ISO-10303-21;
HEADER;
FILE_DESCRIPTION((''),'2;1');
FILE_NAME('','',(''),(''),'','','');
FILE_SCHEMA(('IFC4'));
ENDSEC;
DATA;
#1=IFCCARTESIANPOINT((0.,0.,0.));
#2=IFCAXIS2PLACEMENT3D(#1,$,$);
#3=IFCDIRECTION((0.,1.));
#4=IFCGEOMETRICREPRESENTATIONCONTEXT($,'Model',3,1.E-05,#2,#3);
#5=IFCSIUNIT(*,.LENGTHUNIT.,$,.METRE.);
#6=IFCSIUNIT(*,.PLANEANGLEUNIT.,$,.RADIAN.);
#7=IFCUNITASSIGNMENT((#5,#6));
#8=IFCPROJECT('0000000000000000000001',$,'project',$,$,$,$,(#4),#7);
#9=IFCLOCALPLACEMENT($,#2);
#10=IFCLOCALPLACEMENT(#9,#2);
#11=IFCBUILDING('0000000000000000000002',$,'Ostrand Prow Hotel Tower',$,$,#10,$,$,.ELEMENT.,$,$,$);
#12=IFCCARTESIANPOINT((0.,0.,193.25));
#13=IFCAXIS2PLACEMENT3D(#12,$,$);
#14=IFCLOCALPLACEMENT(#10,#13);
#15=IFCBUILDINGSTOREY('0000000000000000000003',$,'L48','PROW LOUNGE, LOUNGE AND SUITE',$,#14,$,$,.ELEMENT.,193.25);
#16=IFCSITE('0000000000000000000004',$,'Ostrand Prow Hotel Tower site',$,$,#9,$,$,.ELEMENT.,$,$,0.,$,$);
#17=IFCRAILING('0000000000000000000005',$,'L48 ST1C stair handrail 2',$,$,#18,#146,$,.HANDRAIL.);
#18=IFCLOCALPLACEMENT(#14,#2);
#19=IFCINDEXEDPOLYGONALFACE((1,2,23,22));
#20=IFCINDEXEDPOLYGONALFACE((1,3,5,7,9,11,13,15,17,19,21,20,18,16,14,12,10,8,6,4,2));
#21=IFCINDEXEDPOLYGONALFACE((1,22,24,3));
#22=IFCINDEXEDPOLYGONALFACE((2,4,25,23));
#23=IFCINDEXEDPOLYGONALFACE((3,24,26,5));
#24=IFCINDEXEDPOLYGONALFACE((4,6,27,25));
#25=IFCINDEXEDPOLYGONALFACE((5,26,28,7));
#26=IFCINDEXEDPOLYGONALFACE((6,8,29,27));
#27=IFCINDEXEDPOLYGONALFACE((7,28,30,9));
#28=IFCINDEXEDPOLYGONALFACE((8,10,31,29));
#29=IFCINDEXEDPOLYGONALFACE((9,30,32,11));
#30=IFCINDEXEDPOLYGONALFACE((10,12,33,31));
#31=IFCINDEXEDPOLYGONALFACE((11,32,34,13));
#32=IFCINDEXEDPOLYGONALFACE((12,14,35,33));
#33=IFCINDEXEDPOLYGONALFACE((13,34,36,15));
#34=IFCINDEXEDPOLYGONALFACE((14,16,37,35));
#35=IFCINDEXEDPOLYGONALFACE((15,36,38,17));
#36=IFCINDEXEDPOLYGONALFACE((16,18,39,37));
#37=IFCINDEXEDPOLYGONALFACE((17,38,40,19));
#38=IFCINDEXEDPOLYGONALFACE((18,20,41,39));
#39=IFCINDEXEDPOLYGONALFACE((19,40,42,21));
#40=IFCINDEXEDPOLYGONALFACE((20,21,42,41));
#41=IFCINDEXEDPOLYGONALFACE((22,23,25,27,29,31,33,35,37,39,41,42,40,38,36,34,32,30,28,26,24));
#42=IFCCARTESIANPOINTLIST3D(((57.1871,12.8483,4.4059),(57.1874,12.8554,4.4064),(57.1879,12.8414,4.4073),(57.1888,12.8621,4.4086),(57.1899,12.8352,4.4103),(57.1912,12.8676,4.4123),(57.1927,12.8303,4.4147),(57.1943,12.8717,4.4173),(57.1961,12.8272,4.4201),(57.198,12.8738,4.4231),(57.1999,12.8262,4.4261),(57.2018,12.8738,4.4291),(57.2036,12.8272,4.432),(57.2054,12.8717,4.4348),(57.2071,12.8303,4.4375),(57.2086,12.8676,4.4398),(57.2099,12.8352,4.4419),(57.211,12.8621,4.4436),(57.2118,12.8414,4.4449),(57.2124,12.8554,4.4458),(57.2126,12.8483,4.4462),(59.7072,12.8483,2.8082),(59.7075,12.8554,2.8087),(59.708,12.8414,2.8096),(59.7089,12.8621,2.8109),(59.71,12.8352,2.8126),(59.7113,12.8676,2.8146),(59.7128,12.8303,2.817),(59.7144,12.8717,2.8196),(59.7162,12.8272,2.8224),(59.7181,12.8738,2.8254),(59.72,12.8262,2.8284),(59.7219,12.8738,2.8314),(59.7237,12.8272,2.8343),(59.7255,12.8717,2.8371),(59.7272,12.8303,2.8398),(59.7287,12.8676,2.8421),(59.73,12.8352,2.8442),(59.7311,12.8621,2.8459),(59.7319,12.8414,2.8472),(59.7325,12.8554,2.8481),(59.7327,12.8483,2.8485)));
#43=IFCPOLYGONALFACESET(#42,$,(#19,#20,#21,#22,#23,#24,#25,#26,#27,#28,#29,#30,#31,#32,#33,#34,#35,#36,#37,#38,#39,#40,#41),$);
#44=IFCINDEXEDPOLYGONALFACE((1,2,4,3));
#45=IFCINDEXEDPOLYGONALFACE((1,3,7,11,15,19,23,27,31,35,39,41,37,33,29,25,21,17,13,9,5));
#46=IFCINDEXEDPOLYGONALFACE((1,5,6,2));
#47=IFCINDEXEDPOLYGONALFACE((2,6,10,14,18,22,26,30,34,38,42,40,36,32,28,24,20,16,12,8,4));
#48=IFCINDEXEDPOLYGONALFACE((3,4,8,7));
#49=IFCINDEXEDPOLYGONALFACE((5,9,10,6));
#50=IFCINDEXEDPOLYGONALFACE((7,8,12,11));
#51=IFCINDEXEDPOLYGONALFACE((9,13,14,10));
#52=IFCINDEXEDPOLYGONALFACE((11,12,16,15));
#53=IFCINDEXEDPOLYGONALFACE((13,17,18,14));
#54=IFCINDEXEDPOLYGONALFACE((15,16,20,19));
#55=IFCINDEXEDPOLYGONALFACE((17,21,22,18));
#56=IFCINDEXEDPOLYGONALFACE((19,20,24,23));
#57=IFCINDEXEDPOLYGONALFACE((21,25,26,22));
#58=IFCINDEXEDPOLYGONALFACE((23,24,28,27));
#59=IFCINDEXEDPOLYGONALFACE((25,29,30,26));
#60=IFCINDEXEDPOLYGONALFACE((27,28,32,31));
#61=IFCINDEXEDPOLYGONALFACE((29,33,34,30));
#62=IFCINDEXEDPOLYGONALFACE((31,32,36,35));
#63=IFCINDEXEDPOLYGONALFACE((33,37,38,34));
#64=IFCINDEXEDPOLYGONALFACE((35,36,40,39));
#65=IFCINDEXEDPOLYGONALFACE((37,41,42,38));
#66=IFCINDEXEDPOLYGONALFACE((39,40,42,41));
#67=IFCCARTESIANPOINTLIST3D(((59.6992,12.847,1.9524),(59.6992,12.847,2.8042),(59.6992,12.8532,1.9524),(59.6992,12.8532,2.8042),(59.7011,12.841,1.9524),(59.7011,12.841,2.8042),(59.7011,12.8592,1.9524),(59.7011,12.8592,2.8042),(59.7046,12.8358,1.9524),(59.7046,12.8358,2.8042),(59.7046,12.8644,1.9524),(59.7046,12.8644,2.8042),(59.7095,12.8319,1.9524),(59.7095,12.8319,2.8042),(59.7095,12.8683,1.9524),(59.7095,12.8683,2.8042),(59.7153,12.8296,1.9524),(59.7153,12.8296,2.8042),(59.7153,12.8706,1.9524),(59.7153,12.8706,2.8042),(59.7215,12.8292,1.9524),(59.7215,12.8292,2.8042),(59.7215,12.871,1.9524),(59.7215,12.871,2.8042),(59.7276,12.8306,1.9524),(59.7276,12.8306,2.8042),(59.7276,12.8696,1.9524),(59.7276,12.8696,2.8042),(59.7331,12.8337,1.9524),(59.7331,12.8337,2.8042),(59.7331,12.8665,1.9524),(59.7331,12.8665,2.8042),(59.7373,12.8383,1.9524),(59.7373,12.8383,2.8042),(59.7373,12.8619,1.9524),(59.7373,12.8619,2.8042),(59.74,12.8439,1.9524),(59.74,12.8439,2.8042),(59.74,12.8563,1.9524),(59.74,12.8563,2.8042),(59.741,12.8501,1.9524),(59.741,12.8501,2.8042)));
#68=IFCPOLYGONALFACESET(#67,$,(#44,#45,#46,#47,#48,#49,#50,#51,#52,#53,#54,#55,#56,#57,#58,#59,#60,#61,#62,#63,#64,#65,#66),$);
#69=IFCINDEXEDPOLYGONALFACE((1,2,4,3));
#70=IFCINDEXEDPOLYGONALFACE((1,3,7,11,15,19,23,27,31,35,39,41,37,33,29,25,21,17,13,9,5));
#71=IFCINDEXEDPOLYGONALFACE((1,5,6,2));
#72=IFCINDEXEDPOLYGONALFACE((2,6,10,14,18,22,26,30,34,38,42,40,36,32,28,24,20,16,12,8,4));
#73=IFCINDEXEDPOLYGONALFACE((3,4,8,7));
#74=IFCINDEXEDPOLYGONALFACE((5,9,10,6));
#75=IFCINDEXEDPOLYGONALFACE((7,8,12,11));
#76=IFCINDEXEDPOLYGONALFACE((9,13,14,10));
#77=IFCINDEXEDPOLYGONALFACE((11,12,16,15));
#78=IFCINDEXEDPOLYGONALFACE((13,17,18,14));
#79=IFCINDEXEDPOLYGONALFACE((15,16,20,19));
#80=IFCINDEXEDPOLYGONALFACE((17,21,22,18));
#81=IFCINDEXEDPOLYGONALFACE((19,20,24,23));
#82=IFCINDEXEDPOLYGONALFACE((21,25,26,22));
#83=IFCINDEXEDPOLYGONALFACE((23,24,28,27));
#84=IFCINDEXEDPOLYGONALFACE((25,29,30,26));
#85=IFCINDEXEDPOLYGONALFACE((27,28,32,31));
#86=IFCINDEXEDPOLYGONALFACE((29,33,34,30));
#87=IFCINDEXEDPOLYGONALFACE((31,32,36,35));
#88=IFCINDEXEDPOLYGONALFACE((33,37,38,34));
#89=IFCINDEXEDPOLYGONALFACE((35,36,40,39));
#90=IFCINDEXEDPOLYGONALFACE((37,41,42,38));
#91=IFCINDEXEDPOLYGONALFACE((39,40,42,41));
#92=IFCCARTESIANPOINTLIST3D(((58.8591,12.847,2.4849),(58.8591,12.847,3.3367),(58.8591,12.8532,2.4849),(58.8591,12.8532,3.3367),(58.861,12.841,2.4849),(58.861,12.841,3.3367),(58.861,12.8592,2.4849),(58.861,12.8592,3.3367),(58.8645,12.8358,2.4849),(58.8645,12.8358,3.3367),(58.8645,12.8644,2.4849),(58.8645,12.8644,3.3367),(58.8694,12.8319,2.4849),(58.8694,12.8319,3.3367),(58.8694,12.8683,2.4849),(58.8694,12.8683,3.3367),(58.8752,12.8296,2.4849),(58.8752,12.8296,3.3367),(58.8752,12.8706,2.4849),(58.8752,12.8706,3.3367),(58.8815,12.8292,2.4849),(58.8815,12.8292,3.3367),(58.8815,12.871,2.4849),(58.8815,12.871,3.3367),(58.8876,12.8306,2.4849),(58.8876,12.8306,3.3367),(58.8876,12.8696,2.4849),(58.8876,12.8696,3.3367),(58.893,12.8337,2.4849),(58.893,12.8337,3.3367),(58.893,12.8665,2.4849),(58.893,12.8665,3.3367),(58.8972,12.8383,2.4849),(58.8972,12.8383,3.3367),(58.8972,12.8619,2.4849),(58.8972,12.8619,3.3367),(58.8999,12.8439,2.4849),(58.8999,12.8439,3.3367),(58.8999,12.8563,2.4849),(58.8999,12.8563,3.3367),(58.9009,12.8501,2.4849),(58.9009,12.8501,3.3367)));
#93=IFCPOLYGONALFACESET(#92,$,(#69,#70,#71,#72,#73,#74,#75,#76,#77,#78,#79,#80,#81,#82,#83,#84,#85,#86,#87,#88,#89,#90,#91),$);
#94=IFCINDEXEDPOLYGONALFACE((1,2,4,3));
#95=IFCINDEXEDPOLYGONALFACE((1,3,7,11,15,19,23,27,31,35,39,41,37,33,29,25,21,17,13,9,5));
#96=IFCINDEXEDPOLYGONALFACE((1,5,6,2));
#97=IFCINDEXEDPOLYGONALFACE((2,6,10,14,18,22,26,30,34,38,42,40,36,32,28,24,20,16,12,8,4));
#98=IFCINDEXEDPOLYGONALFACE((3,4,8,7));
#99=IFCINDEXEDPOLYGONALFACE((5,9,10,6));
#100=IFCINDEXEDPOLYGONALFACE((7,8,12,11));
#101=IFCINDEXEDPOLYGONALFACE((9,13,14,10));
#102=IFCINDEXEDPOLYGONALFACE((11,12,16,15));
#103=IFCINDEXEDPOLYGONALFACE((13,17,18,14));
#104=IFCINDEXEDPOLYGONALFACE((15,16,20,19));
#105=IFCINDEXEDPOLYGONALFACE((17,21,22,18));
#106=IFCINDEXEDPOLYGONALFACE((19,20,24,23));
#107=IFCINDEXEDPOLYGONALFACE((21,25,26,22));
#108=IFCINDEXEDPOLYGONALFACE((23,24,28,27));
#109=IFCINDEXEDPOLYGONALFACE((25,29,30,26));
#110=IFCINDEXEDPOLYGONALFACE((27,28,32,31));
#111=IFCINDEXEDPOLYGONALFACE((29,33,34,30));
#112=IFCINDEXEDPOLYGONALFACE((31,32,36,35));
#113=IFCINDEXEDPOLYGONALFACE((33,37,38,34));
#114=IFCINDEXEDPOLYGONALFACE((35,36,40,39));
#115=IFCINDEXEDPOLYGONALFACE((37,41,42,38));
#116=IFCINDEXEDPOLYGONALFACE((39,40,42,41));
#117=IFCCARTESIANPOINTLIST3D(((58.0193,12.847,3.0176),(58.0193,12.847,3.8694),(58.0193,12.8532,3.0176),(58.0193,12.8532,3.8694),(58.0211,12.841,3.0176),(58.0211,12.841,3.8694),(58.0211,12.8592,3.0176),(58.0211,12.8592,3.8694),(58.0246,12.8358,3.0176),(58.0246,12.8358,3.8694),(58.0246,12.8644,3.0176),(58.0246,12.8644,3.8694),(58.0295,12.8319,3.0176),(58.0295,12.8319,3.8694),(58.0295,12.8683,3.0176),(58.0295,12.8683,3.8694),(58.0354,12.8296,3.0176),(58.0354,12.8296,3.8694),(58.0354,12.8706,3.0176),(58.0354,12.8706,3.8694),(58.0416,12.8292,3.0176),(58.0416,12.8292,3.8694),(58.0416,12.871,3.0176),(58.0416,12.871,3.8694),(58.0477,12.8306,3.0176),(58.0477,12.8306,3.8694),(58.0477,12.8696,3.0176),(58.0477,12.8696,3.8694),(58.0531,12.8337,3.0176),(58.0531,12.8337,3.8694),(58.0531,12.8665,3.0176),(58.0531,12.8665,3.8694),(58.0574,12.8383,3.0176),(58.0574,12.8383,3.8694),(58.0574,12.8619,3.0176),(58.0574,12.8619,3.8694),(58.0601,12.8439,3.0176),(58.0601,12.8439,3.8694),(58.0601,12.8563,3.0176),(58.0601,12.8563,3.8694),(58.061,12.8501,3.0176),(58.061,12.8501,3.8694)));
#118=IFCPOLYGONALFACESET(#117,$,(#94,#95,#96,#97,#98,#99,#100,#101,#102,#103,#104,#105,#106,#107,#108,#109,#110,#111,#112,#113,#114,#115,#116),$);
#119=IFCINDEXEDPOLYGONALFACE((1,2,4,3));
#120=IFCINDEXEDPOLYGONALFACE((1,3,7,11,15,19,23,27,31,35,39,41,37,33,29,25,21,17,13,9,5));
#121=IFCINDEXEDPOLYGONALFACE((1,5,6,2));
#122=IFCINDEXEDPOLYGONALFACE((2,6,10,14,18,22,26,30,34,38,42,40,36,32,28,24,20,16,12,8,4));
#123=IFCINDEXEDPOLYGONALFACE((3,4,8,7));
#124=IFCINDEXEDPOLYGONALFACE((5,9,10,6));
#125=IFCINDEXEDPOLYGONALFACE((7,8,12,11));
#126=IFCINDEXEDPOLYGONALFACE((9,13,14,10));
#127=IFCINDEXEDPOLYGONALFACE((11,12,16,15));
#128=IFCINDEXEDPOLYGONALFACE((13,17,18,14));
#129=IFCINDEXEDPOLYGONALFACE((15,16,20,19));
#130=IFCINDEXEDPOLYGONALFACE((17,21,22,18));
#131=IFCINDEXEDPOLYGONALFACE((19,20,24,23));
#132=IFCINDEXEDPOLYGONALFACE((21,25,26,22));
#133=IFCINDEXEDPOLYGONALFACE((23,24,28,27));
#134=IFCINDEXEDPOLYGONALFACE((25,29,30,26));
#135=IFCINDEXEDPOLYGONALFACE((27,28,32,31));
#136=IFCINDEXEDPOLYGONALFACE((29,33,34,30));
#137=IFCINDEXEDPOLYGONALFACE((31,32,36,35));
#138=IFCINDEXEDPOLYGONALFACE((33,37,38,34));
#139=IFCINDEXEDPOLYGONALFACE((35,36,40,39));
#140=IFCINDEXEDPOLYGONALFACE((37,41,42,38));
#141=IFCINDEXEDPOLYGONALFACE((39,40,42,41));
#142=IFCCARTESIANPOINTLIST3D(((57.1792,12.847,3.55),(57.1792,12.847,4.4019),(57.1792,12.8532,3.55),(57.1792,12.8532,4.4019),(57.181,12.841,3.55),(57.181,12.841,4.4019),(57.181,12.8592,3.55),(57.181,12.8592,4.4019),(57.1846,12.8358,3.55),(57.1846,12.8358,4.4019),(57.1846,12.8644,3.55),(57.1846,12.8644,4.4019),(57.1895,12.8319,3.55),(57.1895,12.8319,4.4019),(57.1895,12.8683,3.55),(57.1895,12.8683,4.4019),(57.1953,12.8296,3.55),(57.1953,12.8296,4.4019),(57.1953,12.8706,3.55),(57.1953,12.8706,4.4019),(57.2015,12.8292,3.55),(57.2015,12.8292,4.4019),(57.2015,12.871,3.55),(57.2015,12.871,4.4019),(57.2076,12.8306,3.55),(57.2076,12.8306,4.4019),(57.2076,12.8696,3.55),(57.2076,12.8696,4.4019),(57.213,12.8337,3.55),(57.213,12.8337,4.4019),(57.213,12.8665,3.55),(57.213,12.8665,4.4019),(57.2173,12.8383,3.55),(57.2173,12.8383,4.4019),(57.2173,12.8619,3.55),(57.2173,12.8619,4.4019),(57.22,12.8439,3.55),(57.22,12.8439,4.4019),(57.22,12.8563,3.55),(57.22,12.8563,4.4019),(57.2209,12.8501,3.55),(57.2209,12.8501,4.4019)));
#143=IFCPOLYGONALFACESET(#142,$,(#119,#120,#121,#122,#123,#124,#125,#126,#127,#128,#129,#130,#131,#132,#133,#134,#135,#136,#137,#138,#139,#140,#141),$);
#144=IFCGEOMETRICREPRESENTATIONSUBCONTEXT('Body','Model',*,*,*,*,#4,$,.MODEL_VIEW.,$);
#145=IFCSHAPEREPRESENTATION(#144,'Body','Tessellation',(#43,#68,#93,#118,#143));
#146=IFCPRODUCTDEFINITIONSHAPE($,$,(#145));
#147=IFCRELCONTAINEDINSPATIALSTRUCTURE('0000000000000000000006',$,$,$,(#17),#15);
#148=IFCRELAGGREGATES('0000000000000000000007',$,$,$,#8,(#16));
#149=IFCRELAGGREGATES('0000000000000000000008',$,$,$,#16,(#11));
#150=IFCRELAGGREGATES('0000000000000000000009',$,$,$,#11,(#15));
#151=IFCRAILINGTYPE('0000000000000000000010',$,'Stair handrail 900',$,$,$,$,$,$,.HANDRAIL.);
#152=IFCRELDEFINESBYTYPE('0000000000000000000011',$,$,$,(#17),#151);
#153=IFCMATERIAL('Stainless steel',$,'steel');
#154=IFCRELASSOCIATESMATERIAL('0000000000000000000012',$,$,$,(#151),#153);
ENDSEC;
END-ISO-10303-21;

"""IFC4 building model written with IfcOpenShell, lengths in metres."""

from ifc_helpers import new_model, si_unit, direction, frame, origin, origin_2d, place, context, subcontext, project, spatial, circle, extrude, material, type_object, element, save


model = new_model("IFC4")

# Units and contexts
model_context = context("Model", 3, precision=1e-05, world=origin(), true_north=direction((0.0, 1.0)))
body_context = subcontext(model_context, "Body", "Model", "MODEL_VIEW")
ifc_project = project(units=[si_unit("LENGTHUNIT", "METRE"), si_unit("PLANEANGLEUNIT", "RADIAN")], contexts=[model_context])

# Site, building, storey
site_placement = place(None, origin())
site = spatial("IfcSite", under=ifc_project, at=site_placement, Name="Ostrand Prow Hotel Tower site", CompositionType="ELEMENT", RefElevation=0.0)
building_placement = place(site_placement, origin())
building = spatial("IfcBuilding", under=site, at=building_placement, Name="Ostrand Prow Hotel Tower", CompositionType="ELEMENT")
storey_placement = place(building_placement, frame((0.0, 0.0, 193.25)))
storey = spatial("IfcBuildingStorey", under=building, at=storey_placement, Name="L48", Description="PROW LOUNGE, LOUNGE AND SUITE", CompositionType="ELEMENT", Elevation=193.25)

# Railing
ifc_material_1 = material(Name="Stainless steel", Category="steel")
railing_type_1 = type_object("IfcRailingType", Name="Stair handrail 900", PredefinedType="HANDRAIL", material=ifc_material_1)
railing_1_placement = place(storey_placement, frame((59.72, 12.8501, 1.9524)))
element("IfcRailing", 1, at=railing_1_placement, inside=storey, type_object=railing_type_1, Name="L48 ST1C stair handrail 2", PredefinedType="HANDRAIL", context=body_context, shape_type="SweptSolid", body=[
    extrude(circle(Radius=0.0239, at=origin_2d()), frame((0.0, 0.0, 0.876), z_axis=(-0.84457, 0.0, 0.535445), x_axis=(0.0, -1.0, 0.0)), (0.0, 0.0, 1.0), 2.9839),
    extrude(circle(Radius=0.021, at=origin_2d()), origin(), (0.0, 0.0, 1.0), 0.8518),
    extrude(circle(Radius=0.021, at=origin_2d()), frame((-0.8401, 0.0, 0.5325)), (0.0, 0.0, 1.0), 0.8518),
    extrude(circle(Radius=0.021, at=origin_2d()), frame((-1.6799, 0.0, 1.0652)), (0.0, 0.0, 1.0), 0.8518),
    extrude(circle(Radius=0.021, at=origin_2d()), frame((-2.52, 0.0, 1.5977)), (0.0, 0.0, 1.0), 0.8518),
])

save(model, "model.ifc")
